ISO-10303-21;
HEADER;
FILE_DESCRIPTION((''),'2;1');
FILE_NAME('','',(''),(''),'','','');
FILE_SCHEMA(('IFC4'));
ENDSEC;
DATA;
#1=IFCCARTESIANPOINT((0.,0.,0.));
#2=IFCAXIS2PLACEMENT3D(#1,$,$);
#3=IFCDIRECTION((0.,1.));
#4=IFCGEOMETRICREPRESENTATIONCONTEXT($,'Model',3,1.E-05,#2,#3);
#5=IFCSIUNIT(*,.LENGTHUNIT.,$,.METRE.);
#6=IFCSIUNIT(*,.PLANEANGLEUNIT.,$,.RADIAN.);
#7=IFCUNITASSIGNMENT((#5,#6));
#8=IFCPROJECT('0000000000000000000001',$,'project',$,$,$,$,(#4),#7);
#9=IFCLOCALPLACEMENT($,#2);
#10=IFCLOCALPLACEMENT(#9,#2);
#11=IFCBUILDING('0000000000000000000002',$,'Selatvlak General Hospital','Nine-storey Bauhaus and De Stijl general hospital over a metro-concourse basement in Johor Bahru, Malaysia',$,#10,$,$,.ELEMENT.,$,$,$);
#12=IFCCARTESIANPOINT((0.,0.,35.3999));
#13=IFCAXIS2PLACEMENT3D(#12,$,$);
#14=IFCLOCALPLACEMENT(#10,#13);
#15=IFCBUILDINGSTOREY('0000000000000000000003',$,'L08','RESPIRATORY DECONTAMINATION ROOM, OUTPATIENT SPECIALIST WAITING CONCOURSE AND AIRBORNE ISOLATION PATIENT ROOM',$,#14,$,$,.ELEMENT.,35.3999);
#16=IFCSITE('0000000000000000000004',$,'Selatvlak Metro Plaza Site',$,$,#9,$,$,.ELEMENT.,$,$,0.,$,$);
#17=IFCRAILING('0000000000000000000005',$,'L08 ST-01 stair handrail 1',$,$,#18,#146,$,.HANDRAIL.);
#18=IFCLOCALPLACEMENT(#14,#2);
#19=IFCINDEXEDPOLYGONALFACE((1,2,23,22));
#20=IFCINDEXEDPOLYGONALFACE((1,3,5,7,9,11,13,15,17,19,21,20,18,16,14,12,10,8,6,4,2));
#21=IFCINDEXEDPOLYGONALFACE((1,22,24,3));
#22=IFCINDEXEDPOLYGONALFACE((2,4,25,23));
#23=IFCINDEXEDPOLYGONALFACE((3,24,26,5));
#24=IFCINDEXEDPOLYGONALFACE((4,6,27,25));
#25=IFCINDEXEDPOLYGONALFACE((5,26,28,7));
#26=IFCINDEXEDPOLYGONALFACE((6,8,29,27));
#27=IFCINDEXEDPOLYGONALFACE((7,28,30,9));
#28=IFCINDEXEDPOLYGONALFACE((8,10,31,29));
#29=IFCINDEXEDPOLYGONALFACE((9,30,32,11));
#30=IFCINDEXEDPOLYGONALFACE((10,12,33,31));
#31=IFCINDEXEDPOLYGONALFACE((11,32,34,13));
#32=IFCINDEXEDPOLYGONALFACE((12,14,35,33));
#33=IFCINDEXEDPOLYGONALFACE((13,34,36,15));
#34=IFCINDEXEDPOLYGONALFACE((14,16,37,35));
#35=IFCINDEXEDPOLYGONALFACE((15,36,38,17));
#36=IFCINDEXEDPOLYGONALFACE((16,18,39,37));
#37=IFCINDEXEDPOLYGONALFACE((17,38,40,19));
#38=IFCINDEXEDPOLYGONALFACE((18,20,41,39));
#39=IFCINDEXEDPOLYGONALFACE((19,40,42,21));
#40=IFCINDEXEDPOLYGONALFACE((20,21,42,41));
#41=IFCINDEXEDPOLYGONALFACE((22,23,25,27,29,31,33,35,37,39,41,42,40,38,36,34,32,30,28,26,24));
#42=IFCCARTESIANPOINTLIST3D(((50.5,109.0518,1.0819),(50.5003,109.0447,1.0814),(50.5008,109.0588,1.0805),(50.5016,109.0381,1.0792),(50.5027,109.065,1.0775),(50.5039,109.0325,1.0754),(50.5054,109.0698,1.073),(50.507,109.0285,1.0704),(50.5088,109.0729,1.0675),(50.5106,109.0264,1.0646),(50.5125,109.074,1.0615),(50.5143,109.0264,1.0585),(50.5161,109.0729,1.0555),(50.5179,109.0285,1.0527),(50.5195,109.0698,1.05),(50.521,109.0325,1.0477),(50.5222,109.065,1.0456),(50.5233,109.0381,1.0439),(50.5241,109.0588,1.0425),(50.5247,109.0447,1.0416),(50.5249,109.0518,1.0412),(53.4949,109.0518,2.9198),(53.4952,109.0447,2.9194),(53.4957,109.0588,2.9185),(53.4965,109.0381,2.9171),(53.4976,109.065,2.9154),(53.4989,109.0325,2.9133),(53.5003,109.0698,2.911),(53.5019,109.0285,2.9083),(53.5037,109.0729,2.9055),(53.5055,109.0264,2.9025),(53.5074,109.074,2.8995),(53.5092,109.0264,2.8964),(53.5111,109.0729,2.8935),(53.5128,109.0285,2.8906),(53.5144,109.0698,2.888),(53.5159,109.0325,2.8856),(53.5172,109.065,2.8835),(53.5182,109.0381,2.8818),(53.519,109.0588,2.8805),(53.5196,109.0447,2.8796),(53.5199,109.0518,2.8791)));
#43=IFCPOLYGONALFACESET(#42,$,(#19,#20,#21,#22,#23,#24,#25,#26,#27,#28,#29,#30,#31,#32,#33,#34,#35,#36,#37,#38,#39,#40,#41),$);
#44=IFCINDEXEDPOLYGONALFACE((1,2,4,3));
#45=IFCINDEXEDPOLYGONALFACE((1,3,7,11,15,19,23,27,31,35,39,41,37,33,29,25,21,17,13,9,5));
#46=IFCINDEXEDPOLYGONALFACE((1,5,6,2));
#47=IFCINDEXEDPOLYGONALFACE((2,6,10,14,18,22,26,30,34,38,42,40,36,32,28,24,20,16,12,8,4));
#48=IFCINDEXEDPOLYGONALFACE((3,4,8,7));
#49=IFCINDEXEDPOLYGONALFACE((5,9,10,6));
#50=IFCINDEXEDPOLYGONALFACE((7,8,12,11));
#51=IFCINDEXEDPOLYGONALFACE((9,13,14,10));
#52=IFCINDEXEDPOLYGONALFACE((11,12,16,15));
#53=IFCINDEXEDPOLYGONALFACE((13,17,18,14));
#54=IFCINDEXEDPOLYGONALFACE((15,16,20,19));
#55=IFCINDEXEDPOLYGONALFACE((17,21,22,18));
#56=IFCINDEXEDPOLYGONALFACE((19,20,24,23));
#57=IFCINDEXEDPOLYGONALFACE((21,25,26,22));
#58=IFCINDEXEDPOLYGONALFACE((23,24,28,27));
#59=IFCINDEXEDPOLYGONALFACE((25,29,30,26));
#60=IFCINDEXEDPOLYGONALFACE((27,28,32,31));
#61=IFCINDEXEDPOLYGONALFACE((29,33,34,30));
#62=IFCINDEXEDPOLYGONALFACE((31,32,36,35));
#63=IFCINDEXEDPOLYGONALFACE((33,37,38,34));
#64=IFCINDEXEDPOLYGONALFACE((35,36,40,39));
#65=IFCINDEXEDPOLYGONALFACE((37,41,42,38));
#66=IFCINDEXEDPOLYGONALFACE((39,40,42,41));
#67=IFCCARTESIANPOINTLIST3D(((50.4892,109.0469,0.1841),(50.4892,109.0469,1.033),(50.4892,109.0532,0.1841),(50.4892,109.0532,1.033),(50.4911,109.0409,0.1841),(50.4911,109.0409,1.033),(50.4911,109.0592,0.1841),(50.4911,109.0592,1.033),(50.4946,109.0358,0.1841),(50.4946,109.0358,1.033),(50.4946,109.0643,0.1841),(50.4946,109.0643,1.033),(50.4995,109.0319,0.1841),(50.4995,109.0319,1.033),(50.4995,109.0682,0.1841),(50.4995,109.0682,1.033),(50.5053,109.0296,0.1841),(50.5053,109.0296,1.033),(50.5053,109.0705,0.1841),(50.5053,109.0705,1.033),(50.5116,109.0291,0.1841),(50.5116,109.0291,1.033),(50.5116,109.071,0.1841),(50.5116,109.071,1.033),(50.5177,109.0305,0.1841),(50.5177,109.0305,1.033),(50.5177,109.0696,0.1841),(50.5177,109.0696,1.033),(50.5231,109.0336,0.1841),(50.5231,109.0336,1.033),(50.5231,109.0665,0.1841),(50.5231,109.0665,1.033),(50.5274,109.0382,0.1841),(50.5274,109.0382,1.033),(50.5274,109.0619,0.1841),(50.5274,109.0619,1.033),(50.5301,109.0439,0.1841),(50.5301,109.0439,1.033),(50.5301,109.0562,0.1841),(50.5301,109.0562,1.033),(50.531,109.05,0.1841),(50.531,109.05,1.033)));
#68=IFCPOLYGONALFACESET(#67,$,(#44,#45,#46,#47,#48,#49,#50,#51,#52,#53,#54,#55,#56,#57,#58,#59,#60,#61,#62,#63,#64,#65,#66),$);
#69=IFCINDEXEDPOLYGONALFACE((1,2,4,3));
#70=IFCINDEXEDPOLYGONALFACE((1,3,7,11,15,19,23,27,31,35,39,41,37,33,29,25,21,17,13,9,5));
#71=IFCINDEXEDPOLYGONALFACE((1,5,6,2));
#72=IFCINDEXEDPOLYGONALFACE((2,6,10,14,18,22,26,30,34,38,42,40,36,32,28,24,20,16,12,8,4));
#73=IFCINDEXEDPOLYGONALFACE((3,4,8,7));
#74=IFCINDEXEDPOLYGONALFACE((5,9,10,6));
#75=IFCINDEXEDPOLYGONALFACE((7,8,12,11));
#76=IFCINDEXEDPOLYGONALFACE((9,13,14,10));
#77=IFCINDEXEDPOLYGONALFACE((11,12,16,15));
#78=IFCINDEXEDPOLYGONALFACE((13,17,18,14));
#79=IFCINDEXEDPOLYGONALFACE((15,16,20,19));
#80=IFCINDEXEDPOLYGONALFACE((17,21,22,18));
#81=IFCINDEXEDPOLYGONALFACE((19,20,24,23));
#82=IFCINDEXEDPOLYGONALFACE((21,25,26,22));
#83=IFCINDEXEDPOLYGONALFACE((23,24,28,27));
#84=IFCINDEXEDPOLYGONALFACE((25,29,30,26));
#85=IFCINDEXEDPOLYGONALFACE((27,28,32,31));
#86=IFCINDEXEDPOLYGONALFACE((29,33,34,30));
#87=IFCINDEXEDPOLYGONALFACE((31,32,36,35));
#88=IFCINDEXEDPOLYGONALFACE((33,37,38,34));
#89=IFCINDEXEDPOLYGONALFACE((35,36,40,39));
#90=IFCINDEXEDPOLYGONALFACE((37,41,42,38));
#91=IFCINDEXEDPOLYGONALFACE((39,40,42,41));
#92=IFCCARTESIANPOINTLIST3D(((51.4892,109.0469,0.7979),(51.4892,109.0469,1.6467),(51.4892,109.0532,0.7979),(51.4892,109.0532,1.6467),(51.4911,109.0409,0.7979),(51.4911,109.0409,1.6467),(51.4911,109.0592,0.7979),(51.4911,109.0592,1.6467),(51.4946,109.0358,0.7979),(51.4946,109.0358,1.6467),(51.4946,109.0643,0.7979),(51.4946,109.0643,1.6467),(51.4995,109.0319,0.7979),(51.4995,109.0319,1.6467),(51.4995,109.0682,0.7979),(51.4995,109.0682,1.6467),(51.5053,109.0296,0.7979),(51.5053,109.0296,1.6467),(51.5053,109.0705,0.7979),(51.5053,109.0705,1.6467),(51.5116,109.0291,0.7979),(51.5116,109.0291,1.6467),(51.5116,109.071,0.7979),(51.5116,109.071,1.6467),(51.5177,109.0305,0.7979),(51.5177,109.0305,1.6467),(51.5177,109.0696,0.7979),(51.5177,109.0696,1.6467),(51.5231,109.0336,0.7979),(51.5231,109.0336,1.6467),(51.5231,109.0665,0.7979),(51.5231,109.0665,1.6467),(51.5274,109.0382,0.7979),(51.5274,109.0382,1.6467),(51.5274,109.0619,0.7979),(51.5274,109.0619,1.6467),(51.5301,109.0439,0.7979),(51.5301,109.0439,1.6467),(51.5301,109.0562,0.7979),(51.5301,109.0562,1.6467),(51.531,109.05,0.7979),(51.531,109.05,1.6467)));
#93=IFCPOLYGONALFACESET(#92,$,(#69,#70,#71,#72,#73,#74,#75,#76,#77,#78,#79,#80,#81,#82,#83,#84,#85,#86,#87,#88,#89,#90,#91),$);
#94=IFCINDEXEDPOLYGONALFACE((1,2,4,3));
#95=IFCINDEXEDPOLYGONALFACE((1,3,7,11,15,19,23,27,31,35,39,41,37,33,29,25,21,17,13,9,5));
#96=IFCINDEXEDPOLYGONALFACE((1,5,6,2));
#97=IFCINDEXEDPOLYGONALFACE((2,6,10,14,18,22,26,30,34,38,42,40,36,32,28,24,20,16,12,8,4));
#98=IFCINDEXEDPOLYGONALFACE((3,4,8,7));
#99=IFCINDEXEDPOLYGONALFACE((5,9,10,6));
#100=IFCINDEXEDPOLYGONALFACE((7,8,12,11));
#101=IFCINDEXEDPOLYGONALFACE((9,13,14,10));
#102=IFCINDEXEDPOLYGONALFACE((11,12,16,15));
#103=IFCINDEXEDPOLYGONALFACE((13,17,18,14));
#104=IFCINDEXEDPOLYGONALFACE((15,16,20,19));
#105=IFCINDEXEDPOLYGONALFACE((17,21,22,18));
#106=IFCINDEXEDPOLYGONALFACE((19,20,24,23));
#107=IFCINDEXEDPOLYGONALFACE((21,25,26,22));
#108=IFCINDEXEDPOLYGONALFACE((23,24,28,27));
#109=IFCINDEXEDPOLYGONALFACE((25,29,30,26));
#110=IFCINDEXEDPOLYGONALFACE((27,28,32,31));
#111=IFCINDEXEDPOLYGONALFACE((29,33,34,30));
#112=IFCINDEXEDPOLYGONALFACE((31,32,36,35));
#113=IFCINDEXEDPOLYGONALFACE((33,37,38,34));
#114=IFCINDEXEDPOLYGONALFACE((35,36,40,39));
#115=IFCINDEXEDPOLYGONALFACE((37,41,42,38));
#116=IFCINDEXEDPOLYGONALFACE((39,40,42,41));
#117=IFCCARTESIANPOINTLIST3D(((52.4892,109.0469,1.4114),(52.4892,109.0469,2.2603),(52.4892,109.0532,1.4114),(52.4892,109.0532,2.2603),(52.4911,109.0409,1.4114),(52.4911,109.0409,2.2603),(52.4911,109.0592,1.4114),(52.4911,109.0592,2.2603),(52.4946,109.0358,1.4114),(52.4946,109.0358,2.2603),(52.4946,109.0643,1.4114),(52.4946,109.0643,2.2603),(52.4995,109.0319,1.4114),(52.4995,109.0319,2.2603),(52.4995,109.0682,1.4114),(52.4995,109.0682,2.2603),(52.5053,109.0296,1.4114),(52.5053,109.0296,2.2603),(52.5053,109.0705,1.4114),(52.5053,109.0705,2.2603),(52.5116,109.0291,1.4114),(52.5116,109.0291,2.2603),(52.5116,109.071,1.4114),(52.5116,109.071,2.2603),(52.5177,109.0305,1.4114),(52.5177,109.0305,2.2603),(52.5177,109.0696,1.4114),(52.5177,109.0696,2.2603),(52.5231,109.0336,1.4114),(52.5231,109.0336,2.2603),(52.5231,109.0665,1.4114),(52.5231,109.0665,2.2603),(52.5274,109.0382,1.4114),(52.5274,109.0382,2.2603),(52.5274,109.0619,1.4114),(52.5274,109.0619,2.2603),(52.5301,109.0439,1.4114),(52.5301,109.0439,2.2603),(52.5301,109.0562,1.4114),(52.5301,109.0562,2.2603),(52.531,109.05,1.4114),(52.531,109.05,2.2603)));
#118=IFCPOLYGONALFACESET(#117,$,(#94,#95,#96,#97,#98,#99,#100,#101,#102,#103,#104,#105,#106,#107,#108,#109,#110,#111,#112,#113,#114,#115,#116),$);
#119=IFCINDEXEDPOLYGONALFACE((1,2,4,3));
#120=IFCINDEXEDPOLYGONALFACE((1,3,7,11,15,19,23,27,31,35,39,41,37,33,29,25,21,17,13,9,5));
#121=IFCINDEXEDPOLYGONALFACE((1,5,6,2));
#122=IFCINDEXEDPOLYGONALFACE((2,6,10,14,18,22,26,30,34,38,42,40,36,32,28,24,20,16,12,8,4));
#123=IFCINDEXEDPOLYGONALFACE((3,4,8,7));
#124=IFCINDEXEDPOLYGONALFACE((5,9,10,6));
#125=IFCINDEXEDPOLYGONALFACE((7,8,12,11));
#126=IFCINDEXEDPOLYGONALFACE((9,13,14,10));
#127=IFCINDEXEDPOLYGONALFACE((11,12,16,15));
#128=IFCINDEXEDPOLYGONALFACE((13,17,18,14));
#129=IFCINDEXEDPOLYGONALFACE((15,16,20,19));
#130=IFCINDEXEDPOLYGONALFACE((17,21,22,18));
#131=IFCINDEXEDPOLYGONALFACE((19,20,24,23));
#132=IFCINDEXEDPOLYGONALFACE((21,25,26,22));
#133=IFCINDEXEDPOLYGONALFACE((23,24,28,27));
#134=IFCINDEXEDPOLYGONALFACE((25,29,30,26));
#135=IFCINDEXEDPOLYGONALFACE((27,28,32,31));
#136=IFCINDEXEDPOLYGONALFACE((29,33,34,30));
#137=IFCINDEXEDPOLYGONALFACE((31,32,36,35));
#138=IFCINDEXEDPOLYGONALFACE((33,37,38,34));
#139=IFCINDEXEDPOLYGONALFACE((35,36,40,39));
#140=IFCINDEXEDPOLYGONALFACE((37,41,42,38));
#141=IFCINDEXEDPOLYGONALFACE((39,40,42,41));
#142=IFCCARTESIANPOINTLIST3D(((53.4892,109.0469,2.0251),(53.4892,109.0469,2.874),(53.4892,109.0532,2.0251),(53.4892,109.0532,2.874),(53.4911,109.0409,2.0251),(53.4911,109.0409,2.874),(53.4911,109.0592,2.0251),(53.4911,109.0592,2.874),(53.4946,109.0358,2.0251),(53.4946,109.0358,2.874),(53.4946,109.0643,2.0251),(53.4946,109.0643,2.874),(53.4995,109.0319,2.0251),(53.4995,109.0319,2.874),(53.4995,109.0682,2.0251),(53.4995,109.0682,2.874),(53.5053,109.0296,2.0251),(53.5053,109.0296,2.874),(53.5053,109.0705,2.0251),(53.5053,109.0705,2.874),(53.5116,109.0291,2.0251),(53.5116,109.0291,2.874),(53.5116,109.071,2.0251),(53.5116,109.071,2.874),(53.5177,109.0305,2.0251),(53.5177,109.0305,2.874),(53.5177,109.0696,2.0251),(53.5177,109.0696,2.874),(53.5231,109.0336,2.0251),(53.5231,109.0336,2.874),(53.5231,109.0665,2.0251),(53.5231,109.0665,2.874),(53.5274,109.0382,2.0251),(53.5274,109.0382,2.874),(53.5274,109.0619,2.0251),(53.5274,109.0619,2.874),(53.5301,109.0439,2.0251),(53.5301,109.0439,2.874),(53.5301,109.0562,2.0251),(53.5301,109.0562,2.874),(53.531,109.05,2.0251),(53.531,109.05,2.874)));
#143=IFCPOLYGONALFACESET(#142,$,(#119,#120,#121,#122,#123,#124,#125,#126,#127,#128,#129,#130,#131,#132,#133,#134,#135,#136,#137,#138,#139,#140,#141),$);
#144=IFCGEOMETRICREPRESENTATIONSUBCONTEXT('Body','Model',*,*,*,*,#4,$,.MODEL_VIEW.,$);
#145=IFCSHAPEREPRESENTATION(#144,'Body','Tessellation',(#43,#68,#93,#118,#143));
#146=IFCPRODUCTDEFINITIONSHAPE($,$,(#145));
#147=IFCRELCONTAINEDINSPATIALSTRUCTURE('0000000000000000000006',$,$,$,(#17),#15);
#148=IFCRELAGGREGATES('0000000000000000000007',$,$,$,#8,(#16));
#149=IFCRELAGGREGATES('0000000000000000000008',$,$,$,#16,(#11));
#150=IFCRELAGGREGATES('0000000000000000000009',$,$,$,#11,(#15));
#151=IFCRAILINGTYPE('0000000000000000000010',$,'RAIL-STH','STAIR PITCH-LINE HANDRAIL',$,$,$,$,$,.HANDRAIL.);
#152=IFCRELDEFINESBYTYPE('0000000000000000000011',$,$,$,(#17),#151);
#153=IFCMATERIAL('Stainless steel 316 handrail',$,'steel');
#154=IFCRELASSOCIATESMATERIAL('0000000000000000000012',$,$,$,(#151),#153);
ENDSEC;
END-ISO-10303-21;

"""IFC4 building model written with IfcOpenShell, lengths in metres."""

from ifc_helpers import new_model, si_unit, direction, frame, origin, origin_2d, place, context, subcontext, project, spatial, circle, extrude, material, type_object, element, save


model = new_model("IFC4")

# Units and contexts
model_context = context("Model", 3, precision=1e-05, world=origin(), true_north=direction((0.0, 1.0)))
body_context = subcontext(model_context, "Body", "Model", "MODEL_VIEW")
ifc_project = project(units=[si_unit("LENGTHUNIT", "METRE"), si_unit("PLANEANGLEUNIT", "RADIAN")], contexts=[model_context])

# Site, building, storey
site_placement = place(None, origin())
site = spatial("IfcSite", under=ifc_project, at=site_placement, Name="Selatvlak Metro Plaza Site", CompositionType="ELEMENT", RefElevation=0.0)
building_placement = place(site_placement, origin())
building = spatial("IfcBuilding", under=site, at=building_placement, Name="Selatvlak General Hospital", Description="Nine-storey Bauhaus and De Stijl general hospital over a metro-concourse basement in Johor Bahru, Malaysia", CompositionType="ELEMENT")
storey_placement = place(building_placement, frame((0.0, 0.0, 35.3999)))
storey = spatial("IfcBuildingStorey", under=building, at=storey_placement, Name="L08", Description="RESPIRATORY DECONTAMINATION ROOM, OUTPATIENT SPECIALIST WAITING CONCOURSE AND AIRBORNE ISOLATION PATIENT ROOM", CompositionType="ELEMENT", Elevation=35.3999)

# Railing
ifc_material_1 = material(Name="Stainless steel 316 handrail", Category="steel")
railing_type_1 = type_object("IfcRailingType", Name="RAIL-STH", Description="STAIR PITCH-LINE HANDRAIL", PredefinedType="HANDRAIL", material=ifc_material_1)
railing_1_placement = place(storey_placement, frame((50.51, 109.05, 0.1841)))
element("IfcRailing", 1, at=railing_1_placement, inside=storey, type_object=railing_type_1, Name="L08 ST-01 stair handrail 1", PredefinedType="HANDRAIL", context=body_context, shape_type="SweptSolid", body=[
    extrude(circle(Radius=0.0239, at=origin_2d()), frame((0.0024, 0.0, 0.8774), z_axis=(0.852303, 0.0, 0.523048), x_axis=(0.0, 1.0, 0.0)), (0.0, 0.0, 1.0), 3.5139),
    extrude(circle(Radius=0.021, at=origin_2d()), origin(), (0.0, 0.0, 1.0), 0.8489),
    extrude(circle(Radius=0.021, at=origin_2d()), frame((1.0, 0.0, 0.6138)), (0.0, 0.0, 1.0), 0.8489),
    extrude(circle(Radius=0.021, at=origin_2d()), frame((2.0, 0.0, 1.2273)), (0.0, 0.0, 1.0), 0.8489),
    extrude(circle(Radius=0.021, at=origin_2d()), frame((3.0, 0.0, 1.8411)), (0.0, 0.0, 1.0), 0.8489),
])

save(model, "model.ifc")
